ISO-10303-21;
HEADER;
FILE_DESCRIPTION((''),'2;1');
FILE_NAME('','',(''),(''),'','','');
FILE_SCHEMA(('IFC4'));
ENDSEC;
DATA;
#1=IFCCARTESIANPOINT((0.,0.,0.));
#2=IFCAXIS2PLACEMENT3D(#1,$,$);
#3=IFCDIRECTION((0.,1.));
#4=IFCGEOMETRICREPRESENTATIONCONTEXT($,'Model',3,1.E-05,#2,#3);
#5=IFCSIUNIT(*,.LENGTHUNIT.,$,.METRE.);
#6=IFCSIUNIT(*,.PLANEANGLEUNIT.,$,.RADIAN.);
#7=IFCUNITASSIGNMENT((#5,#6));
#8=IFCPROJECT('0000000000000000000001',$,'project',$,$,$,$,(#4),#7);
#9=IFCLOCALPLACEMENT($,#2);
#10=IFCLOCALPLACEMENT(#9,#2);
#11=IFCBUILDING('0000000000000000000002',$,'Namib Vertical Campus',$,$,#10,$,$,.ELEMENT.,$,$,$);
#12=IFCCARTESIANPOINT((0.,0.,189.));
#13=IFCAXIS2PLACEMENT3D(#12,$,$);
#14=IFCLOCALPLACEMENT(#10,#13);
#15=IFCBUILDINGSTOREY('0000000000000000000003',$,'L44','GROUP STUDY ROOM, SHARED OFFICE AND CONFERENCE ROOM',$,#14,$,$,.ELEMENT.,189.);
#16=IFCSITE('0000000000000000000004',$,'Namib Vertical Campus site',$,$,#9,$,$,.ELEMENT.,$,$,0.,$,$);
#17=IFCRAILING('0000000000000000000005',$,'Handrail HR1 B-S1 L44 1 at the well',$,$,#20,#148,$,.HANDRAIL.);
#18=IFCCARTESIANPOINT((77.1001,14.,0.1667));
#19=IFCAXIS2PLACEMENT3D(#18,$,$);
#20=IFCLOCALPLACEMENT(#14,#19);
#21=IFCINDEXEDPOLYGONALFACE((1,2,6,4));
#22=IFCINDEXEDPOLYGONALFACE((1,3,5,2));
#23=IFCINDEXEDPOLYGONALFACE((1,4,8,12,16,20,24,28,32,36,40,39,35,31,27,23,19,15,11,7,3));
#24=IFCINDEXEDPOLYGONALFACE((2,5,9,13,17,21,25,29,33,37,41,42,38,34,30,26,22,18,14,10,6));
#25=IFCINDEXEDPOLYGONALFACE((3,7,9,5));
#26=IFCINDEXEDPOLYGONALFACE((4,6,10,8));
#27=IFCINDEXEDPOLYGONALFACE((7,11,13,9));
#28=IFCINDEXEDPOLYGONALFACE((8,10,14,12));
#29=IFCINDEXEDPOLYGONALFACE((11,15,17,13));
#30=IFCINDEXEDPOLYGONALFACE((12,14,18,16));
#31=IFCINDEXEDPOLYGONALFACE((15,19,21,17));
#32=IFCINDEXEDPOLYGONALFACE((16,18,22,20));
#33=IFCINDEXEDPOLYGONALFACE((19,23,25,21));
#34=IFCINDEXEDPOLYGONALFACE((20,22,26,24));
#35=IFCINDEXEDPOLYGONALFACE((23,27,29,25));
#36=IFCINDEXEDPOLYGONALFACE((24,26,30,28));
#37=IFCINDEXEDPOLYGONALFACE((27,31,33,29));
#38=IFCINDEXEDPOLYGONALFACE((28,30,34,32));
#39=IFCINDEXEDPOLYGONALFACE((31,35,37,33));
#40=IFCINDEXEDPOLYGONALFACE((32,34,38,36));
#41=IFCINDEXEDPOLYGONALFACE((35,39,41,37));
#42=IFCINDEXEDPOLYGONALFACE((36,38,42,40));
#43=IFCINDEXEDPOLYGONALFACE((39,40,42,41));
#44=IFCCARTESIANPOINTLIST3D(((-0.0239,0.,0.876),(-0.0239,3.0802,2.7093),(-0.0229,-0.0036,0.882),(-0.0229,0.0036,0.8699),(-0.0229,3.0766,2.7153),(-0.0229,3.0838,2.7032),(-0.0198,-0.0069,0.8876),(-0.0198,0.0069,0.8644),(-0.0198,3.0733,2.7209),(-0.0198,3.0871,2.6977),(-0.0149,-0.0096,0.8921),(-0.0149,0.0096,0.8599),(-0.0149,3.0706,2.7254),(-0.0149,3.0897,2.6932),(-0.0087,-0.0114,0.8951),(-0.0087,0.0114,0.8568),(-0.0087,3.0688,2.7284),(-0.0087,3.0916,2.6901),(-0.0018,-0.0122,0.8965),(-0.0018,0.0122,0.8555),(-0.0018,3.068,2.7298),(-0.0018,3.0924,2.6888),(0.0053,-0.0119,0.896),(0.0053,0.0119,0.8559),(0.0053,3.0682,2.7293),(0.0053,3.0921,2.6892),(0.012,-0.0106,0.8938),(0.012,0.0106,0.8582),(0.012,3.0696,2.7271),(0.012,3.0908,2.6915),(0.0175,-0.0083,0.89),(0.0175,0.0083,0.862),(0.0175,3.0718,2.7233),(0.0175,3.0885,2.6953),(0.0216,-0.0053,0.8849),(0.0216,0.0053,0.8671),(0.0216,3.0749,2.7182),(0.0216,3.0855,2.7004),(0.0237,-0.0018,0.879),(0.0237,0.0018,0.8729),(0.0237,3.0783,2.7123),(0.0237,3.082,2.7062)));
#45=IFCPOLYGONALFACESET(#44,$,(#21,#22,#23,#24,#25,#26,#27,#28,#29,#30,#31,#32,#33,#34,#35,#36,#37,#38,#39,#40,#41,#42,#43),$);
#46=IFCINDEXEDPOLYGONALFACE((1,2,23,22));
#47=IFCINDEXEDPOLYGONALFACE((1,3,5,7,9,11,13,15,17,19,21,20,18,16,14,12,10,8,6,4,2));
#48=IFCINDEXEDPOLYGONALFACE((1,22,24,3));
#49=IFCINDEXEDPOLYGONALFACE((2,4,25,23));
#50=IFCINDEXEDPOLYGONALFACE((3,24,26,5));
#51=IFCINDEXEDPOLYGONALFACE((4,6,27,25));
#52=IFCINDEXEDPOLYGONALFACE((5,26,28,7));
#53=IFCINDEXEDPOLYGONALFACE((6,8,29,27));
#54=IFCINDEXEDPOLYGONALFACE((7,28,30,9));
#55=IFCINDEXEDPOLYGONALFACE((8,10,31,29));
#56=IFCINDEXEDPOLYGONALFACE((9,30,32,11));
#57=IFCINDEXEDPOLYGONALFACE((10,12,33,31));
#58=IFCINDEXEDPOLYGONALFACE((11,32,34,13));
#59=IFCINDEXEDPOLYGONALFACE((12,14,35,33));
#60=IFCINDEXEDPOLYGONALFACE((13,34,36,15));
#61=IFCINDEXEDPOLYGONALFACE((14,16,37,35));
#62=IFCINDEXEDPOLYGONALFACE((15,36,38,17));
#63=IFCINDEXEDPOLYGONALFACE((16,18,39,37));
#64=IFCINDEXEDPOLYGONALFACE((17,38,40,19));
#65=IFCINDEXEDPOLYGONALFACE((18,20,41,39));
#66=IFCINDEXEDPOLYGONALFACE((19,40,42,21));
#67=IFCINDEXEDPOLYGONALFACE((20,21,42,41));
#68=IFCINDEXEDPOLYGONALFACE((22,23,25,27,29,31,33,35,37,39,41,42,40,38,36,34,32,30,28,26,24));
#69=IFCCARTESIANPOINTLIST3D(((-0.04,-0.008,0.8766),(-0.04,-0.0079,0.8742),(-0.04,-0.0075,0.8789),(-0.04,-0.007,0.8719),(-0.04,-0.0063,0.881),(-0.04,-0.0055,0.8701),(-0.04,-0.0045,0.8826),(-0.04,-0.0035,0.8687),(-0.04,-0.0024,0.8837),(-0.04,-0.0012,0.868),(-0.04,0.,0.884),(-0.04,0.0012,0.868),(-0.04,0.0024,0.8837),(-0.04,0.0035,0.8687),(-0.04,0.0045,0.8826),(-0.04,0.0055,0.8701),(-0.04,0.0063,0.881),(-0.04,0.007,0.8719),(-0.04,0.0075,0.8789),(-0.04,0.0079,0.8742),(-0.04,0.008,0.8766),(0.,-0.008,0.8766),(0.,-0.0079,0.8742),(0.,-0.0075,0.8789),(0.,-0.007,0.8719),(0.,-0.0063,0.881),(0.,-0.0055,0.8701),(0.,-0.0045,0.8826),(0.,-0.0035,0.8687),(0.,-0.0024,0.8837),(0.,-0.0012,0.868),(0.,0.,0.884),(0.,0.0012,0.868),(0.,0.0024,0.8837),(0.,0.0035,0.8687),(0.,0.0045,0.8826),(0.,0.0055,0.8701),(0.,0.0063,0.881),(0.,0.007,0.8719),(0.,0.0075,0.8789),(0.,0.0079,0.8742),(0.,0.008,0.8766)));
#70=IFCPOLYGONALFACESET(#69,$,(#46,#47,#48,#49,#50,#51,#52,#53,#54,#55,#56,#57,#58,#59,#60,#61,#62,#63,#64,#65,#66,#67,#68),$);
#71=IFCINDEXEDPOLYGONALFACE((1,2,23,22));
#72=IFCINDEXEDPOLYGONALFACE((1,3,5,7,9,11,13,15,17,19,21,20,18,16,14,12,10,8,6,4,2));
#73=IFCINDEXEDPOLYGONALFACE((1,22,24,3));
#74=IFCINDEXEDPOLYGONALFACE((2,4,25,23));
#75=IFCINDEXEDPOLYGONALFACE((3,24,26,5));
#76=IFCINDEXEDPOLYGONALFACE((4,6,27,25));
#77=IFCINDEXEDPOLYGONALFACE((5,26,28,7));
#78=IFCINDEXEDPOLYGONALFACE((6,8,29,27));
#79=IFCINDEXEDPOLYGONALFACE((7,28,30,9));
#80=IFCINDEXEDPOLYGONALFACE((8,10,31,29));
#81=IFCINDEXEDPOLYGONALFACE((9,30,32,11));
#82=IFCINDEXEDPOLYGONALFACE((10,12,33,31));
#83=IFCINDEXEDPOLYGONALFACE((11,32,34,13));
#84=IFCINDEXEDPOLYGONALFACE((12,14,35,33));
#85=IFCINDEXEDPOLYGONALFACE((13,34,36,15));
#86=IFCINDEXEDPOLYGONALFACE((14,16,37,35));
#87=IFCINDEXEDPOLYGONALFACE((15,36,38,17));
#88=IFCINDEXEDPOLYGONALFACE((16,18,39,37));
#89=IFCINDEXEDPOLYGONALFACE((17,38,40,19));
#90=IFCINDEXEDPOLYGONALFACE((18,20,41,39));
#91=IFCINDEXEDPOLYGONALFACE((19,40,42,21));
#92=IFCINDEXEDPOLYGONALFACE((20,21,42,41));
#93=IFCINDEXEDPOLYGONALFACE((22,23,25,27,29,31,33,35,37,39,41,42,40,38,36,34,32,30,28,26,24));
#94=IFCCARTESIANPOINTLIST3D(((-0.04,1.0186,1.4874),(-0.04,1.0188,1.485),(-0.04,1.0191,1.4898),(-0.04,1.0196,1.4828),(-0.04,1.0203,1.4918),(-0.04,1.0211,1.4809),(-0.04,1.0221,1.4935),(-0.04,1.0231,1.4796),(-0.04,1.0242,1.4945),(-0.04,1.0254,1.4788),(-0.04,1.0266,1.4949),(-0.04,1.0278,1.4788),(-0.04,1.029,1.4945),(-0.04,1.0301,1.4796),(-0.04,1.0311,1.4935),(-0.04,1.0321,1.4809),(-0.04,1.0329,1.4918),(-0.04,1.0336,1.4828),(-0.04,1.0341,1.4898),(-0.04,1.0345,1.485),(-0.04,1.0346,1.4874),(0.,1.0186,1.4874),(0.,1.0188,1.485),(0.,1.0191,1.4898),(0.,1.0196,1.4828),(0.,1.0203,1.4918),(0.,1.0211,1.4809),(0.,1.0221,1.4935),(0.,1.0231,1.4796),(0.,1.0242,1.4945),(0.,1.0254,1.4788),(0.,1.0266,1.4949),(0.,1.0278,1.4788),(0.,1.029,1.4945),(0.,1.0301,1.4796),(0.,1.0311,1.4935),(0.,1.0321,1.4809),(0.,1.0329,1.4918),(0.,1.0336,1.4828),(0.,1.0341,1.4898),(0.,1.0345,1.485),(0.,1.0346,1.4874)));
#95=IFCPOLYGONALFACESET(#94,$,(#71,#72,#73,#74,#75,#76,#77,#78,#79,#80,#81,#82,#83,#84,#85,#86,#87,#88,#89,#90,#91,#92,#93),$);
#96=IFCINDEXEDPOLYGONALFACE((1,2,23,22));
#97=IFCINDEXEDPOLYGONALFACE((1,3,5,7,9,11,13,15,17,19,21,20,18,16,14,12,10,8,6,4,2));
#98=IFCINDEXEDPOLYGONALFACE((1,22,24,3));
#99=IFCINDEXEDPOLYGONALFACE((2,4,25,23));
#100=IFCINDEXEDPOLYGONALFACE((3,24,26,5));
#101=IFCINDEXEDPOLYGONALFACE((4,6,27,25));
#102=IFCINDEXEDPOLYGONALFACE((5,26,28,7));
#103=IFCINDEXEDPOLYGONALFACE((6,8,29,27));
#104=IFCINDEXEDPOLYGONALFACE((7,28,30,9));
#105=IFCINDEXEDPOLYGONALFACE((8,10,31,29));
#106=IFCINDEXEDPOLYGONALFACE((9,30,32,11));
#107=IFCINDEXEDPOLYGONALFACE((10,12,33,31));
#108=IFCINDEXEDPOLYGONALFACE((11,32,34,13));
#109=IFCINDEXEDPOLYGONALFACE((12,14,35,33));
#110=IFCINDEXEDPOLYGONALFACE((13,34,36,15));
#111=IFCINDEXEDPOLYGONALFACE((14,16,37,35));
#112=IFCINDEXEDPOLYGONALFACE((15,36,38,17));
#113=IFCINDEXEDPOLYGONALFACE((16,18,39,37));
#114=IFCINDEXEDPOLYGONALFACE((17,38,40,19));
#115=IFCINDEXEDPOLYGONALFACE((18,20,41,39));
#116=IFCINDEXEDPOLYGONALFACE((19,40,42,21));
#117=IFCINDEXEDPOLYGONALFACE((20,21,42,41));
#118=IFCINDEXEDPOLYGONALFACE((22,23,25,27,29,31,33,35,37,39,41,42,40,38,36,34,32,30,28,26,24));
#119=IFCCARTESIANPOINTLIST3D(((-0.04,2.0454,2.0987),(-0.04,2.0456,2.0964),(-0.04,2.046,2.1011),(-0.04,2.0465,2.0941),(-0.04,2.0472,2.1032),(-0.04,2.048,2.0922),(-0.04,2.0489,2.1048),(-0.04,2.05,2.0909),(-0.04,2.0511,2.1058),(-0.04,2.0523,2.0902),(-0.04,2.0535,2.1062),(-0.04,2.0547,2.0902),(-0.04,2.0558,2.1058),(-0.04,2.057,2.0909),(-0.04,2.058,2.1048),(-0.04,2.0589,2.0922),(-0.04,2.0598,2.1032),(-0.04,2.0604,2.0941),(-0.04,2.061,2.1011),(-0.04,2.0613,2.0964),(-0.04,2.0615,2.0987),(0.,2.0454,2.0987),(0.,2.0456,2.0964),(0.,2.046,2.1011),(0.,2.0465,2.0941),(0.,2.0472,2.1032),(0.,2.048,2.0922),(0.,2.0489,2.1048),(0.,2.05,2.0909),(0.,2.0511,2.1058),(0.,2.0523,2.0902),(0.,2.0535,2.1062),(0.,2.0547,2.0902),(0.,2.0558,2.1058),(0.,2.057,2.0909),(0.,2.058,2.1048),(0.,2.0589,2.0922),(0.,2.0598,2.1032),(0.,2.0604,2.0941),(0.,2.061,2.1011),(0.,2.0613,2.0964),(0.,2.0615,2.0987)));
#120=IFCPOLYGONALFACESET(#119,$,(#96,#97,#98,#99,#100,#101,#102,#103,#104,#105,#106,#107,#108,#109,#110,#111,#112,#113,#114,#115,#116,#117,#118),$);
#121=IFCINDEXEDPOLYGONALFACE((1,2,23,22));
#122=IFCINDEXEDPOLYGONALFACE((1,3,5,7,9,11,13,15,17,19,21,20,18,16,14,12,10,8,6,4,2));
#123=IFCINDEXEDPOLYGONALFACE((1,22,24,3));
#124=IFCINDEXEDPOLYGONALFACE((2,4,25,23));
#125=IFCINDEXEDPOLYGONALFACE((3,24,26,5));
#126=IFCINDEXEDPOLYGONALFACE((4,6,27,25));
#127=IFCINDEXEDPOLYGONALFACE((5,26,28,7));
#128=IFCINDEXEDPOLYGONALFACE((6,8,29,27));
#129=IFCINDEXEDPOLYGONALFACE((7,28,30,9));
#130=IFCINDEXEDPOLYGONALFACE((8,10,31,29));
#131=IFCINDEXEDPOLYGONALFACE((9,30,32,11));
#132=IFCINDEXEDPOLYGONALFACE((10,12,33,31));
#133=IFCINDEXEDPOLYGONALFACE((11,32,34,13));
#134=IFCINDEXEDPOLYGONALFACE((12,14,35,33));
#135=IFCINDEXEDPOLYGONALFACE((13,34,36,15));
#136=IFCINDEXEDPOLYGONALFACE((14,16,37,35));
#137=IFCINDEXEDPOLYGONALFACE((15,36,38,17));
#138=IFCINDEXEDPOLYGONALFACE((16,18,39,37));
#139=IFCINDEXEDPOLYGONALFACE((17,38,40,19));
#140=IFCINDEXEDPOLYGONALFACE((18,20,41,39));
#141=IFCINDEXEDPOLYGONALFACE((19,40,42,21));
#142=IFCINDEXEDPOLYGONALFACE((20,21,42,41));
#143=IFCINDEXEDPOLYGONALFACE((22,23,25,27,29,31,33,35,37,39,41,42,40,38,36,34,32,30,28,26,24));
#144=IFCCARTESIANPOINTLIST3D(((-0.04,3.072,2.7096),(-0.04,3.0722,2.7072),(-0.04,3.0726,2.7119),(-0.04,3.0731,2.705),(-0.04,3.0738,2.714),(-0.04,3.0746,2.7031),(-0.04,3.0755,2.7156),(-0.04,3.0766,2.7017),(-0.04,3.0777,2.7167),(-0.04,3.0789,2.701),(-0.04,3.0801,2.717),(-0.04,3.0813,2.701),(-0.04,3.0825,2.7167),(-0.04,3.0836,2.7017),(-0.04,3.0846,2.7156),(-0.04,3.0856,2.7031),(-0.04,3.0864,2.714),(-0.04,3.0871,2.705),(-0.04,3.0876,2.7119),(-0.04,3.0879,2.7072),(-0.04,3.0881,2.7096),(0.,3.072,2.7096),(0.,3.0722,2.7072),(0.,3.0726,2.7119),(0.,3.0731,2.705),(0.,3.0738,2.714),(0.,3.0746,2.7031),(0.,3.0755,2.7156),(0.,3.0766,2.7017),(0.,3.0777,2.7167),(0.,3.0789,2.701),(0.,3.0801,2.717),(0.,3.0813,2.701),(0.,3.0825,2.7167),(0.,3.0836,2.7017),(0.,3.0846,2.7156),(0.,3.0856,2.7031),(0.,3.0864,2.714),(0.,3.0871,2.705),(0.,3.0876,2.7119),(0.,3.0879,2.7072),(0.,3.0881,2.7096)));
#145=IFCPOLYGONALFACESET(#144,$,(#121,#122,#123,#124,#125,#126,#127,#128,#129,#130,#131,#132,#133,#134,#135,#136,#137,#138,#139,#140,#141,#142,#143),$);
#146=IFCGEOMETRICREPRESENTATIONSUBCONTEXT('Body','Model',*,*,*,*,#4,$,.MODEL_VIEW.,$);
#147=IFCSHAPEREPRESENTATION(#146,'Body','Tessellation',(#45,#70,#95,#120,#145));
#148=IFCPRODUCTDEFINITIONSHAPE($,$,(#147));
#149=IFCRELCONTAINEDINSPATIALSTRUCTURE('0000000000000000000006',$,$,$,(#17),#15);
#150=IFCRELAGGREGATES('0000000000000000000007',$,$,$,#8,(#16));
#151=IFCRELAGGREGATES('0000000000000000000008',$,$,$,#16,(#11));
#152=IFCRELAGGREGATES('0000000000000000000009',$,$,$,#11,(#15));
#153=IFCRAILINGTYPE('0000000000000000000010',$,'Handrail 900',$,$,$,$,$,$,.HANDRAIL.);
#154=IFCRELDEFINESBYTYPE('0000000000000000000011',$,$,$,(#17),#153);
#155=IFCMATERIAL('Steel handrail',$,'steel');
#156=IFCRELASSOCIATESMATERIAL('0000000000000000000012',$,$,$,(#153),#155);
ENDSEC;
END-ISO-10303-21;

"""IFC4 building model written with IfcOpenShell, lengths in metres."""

from ifc_helpers import new_model, si_unit, direction, frame, origin, origin_2d, place, context, subcontext, project, spatial, circle, extrude, material, type_object, element, save


model = new_model("IFC4")

# Units and contexts
model_context = context("Model", 3, precision=1e-05, world=origin(), true_north=direction((0.0, 1.0)))
body_context = subcontext(model_context, "Body", "Model", "MODEL_VIEW")
ifc_project = project(units=[si_unit("LENGTHUNIT", "METRE"), si_unit("PLANEANGLEUNIT", "RADIAN")], contexts=[model_context])

# Site, building, storey
site_placement = place(None, origin())
site = spatial("IfcSite", under=ifc_project, at=site_placement, Name="Namib Vertical Campus site", CompositionType="ELEMENT", RefElevation=0.0)
building_placement = place(site_placement, origin())
building = spatial("IfcBuilding", under=site, at=building_placement, Name="Namib Vertical Campus", CompositionType="ELEMENT")
storey_placement = place(building_placement, frame((0.0, 0.0, 189.0)))
storey = spatial("IfcBuildingStorey", under=building, at=storey_placement, Name="L44", Description="GROUP STUDY ROOM, SHARED OFFICE AND CONFERENCE ROOM", CompositionType="ELEMENT", Elevation=189.0)

# Railing
ifc_material_1 = material(Name="Steel handrail", Category="steel")
railing_type_1 = type_object("IfcRailingType", Name="Handrail 900", PredefinedType="HANDRAIL", material=ifc_material_1)
railing_1_placement = place(storey_placement, frame((77.1001, 14.0, 0.1667)))
element("IfcRailing", 1, at=railing_1_placement, inside=storey, type_object=railing_type_1, Name="Handrail HR1 B-S1 L44 1 at the well", PredefinedType="HANDRAIL", context=body_context, shape_type="SweptSolid", body=[
    extrude(circle(Radius=0.0239, at=origin_2d()), frame((0.0, 0.0, 0.876), z_axis=(0.0, 0.859309, 0.511458), x_axis=(-1.0, 0.0, 0.0)), (0.0, 0.0, 1.0), 3.5845),
    extrude(circle(Radius=0.0081, at=origin_2d()), frame((0.0, 0.0, 0.876), z_axis=(-1.0, 0.0, 0.0), x_axis=(0.0, 0.0, 1.0)), (0.0, 0.0, 1.0), 0.04),
    extrude(circle(Radius=0.0081, at=origin_2d()), frame((0.0, 1.0266, 1.4868), z_axis=(-1.0, 0.0, 0.0), x_axis=(0.0, 0.0, 1.0)), (0.0, 0.0, 1.0), 0.04),
    extrude(circle(Radius=0.0081, at=origin_2d()), frame((0.0, 2.0535, 2.0981), z_axis=(-1.0, 0.0, 0.0), x_axis=(0.0, 0.0, 1.0)), (0.0, 0.0, 1.0), 0.04),
    extrude(circle(Radius=0.0081, at=origin_2d()), frame((0.0, 3.0801, 2.709), z_axis=(-1.0, 0.0, 0.0), x_axis=(0.0, 0.0, 1.0)), (0.0, 0.0, 1.0), 0.04),
])

save(model, "model.ifc")
